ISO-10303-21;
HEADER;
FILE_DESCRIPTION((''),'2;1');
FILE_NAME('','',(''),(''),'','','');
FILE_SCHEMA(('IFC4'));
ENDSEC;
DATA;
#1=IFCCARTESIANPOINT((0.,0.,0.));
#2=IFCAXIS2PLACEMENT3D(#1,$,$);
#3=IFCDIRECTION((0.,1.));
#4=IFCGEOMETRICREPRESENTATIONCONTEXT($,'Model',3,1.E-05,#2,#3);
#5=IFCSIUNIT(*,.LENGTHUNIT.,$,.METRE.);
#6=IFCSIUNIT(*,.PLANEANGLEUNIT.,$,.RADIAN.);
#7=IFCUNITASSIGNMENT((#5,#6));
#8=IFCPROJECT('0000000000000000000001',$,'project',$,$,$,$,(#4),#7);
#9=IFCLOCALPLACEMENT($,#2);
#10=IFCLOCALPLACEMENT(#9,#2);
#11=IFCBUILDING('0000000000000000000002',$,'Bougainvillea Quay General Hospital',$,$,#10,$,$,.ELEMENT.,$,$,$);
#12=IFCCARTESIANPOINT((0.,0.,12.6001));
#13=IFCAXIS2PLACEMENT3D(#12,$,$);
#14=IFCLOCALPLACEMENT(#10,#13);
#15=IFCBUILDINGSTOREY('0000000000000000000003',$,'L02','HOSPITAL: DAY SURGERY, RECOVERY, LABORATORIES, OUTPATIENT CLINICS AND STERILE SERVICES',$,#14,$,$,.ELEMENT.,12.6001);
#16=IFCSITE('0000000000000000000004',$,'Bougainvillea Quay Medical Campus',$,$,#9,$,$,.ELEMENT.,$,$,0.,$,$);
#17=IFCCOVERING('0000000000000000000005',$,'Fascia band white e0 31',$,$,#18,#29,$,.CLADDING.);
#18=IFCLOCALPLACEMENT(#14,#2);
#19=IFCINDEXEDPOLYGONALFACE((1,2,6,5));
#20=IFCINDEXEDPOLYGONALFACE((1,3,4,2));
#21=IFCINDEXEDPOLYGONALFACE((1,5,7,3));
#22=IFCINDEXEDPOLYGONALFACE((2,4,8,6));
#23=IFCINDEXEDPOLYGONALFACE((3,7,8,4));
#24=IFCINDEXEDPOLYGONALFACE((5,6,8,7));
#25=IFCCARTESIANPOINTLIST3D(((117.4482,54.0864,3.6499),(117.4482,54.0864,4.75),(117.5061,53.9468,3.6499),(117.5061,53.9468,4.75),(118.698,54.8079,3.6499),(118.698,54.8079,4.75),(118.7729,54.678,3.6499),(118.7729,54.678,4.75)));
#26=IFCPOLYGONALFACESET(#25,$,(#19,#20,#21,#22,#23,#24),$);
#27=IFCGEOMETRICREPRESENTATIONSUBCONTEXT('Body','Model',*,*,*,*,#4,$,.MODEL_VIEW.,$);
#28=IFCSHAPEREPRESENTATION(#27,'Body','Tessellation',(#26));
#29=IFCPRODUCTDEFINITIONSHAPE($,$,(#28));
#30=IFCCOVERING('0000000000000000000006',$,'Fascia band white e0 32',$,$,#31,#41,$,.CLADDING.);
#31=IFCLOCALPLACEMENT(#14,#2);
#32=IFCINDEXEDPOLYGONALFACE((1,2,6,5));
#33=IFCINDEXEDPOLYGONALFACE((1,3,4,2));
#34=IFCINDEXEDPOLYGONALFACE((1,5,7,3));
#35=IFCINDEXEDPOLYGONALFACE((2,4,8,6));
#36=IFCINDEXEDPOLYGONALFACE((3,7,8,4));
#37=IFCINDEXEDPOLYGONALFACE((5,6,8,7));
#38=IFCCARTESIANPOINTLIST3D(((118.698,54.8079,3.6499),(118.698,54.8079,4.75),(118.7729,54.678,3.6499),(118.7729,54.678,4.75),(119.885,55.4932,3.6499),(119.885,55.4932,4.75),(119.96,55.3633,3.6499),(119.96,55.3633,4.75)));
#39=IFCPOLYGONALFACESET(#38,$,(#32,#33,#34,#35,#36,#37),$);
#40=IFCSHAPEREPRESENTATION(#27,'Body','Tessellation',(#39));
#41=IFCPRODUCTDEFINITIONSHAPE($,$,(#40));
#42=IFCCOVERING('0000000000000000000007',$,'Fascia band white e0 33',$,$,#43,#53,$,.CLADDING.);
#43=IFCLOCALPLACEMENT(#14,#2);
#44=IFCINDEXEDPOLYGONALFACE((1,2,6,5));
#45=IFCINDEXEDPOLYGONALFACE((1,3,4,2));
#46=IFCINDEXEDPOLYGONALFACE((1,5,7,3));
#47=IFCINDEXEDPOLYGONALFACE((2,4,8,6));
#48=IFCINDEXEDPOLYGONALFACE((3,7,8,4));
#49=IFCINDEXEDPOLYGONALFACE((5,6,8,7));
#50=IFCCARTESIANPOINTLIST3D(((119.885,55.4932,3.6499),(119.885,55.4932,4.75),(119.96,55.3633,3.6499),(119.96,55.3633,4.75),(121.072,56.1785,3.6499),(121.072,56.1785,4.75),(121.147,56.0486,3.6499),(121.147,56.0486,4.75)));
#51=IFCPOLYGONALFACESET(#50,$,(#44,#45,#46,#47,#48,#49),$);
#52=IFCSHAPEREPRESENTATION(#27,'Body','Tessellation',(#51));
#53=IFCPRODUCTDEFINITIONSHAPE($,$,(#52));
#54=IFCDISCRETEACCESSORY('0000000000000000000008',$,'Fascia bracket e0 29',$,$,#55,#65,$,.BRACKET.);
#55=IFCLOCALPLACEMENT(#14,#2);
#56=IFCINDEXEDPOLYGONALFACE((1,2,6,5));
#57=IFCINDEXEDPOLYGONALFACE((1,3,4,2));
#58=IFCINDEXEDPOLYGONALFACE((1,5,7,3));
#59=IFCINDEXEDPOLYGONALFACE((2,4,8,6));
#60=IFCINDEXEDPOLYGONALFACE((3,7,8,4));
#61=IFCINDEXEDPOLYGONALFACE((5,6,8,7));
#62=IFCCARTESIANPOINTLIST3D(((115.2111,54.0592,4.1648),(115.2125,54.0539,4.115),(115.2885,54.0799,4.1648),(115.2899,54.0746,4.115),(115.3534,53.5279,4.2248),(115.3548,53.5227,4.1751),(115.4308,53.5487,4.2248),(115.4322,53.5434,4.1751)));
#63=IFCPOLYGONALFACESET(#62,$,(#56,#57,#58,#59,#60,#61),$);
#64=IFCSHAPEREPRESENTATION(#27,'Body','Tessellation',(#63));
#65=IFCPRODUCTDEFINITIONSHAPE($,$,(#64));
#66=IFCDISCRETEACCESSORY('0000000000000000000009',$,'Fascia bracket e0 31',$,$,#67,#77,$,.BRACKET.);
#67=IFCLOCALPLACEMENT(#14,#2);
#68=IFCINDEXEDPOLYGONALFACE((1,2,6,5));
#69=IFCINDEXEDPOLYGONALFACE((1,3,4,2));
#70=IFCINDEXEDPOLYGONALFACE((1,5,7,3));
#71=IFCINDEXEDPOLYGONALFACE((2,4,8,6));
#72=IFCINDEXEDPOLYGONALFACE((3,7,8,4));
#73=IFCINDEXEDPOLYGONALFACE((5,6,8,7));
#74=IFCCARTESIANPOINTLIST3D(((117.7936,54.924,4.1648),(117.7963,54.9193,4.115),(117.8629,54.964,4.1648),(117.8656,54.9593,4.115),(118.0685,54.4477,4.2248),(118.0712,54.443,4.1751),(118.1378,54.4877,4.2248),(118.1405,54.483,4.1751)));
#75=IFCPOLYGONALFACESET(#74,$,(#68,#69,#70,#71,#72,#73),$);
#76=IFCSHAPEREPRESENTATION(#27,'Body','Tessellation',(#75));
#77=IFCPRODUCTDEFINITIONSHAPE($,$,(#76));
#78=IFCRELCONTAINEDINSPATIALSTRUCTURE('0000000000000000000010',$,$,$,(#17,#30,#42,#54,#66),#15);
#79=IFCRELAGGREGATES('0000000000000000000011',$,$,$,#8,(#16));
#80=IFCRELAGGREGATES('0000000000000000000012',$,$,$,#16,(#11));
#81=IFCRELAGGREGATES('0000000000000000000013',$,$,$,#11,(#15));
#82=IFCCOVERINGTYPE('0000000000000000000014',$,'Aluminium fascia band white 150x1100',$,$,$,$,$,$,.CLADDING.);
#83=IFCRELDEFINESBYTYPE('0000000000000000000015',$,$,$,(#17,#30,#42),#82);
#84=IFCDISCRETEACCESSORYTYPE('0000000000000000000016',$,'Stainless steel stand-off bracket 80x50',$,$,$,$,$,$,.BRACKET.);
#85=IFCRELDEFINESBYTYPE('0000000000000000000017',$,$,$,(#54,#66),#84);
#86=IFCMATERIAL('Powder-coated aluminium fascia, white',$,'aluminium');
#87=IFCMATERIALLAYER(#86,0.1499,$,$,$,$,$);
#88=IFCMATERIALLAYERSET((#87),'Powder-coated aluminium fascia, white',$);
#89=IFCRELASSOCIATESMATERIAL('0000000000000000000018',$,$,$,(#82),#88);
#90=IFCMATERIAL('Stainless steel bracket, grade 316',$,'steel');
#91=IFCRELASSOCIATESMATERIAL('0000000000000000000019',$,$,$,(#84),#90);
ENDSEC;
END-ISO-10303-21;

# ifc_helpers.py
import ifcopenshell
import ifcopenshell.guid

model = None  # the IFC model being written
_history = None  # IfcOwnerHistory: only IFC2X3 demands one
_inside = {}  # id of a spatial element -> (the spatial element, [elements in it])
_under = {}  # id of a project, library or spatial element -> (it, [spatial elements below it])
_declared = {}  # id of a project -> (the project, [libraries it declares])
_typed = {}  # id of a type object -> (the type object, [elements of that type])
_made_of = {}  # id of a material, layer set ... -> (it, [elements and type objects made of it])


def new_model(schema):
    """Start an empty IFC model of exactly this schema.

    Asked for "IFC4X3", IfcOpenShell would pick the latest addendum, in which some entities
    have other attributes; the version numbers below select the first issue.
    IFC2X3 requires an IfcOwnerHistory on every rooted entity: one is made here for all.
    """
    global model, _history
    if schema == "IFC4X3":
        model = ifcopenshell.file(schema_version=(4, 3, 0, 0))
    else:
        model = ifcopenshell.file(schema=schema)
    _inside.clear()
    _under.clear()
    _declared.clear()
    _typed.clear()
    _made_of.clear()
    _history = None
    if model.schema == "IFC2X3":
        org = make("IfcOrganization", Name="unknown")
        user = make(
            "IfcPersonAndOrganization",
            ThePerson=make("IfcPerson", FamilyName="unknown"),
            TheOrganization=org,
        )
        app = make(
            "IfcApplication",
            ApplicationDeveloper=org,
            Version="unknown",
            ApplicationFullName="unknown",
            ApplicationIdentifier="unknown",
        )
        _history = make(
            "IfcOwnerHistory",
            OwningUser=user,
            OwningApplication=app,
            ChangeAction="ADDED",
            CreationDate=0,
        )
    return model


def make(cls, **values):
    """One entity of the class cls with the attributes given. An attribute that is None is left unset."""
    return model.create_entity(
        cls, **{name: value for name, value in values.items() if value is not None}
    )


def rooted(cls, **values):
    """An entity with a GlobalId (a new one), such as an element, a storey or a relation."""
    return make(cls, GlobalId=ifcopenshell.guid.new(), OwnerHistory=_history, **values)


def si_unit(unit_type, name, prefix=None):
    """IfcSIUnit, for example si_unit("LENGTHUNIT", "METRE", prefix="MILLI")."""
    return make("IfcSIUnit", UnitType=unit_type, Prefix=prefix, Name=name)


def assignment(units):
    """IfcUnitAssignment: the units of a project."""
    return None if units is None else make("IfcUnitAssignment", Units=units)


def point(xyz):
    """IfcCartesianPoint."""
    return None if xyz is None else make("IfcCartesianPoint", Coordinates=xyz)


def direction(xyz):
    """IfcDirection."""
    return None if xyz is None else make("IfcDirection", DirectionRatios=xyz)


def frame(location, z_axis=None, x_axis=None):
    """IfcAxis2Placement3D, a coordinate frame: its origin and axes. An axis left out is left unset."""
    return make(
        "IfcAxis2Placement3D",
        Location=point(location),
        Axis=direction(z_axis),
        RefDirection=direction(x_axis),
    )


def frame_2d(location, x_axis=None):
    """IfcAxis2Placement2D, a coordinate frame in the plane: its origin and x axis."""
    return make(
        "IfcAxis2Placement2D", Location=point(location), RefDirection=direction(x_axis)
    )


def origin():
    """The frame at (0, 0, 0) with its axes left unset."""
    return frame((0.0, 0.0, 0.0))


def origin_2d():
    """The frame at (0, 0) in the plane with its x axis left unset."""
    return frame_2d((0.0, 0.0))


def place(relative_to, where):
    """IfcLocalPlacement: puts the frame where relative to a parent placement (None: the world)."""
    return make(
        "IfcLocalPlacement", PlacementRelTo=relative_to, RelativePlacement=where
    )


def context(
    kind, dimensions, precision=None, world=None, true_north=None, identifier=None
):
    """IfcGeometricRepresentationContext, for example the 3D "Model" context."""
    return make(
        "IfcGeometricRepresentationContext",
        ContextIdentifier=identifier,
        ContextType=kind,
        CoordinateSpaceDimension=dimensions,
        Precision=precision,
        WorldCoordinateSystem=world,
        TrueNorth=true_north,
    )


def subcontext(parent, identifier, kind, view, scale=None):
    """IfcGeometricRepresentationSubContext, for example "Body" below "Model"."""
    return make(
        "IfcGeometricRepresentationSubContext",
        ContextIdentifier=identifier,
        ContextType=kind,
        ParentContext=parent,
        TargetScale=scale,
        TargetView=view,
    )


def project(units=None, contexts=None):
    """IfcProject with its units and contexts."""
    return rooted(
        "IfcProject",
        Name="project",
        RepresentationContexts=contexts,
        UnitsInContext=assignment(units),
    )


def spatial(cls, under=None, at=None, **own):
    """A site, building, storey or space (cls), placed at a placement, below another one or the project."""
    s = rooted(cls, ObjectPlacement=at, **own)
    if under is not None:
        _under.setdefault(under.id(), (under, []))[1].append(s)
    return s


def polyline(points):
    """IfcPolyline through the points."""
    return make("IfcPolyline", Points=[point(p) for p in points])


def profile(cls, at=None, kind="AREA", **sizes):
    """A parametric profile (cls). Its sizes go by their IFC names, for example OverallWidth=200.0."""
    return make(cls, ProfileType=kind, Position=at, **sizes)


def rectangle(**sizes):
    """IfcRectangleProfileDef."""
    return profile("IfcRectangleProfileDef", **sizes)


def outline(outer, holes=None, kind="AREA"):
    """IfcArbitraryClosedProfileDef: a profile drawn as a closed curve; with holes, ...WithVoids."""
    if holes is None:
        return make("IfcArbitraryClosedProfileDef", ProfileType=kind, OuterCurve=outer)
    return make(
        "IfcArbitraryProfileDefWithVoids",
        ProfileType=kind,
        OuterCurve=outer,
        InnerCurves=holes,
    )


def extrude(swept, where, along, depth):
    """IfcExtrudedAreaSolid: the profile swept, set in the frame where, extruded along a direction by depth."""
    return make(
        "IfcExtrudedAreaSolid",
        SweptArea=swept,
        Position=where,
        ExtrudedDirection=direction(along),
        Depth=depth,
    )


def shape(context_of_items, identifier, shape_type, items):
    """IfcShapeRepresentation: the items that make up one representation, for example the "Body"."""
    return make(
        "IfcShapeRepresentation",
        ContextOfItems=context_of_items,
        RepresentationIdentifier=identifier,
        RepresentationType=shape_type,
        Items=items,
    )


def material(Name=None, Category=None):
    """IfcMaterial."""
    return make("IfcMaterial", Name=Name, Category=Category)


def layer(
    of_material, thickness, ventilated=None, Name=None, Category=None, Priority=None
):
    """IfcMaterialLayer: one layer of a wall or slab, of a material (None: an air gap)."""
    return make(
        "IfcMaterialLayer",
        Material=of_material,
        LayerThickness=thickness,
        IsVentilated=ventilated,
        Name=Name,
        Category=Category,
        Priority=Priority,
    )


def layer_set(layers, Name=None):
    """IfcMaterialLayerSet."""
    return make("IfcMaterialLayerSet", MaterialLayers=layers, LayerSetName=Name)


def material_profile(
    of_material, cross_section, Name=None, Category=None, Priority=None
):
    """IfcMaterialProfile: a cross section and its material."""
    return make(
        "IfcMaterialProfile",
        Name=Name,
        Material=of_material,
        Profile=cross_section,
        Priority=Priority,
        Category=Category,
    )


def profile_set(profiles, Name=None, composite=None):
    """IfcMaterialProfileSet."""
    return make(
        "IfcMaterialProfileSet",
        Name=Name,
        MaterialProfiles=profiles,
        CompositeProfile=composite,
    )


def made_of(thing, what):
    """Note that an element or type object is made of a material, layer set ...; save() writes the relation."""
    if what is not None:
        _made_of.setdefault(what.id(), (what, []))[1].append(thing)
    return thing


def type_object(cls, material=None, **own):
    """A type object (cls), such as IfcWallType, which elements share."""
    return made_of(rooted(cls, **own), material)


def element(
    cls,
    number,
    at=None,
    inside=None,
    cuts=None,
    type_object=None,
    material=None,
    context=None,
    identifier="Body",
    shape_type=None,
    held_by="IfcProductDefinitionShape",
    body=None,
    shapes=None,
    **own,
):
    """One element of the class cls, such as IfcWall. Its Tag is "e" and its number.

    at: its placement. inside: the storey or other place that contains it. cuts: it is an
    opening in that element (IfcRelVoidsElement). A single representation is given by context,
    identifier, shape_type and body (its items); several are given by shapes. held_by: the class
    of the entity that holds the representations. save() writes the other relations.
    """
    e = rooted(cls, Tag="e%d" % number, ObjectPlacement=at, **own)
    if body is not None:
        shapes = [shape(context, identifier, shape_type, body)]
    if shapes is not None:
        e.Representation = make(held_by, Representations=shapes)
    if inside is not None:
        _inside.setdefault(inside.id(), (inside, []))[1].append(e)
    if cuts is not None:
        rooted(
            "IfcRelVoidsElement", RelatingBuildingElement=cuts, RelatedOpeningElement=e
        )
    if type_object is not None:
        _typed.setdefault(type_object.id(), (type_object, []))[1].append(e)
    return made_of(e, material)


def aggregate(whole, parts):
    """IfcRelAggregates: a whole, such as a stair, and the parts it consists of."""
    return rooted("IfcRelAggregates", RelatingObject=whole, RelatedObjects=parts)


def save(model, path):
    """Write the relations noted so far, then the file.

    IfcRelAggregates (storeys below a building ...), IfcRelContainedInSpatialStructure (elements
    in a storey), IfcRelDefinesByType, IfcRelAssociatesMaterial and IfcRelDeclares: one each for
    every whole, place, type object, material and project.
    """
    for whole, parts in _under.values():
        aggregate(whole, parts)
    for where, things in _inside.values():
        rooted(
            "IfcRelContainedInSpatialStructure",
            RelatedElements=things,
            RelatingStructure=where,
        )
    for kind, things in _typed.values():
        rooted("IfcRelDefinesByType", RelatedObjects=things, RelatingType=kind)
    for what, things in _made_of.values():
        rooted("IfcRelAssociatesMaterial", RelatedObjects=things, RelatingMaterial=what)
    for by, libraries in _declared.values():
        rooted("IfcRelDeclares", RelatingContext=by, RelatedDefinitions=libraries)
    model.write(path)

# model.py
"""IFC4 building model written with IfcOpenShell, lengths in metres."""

from ifc_helpers import new_model, si_unit, direction, frame, origin, origin_2d, place, context, subcontext, project, spatial, polyline, rectangle, outline, extrude, material, layer, layer_set, material_profile, profile_set, type_object, element, save


model = new_model("IFC4")

# Units and contexts
model_context = context("Model", 3, precision=1e-05, world=origin(), true_north=direction((0.0, 1.0)))
body_context = subcontext(model_context, "Body", "Model", "MODEL_VIEW")
ifc_project = project(units=[si_unit("LENGTHUNIT", "METRE"), si_unit("PLANEANGLEUNIT", "RADIAN")], contexts=[model_context])

# Site, building, storey
site_placement = place(None, origin())
site = spatial("IfcSite", under=ifc_project, at=site_placement, Name="Bougainvillea Quay Medical Campus", CompositionType="ELEMENT", RefElevation=0.0)
building_placement = place(site_placement, origin())
building = spatial("IfcBuilding", under=site, at=building_placement, Name="Bougainvillea Quay General Hospital", CompositionType="ELEMENT")
storey_placement = place(building_placement, frame((0.0, 0.0, 12.6001)))
storey = spatial("IfcBuildingStorey", under=building, at=storey_placement, Name="L02", Description="HOSPITAL: DAY SURGERY, RECOVERY, LABORATORIES, OUTPATIENT CLINICS AND STERILE SERVICES", CompositionType="ELEMENT", Elevation=12.6001)

# Coverings
ifc_material_1 = material(Name="Powder-coated aluminium fascia, white", Category="aluminium")
ifc_layer_1 = layer(ifc_material_1, 0.1499)
ifc_layer_set_1 = layer_set([ifc_layer_1], Name="Powder-coated aluminium fascia, white")
covering_type = type_object("IfcCoveringType", Name="Aluminium fascia band white 150x1100", PredefinedType="CLADDING", material=ifc_layer_set_1)
covering_1_placement = place(storey_placement, frame((117.4482, 54.0864, 3.6499), z_axis=(0.0, 0.0, 1.0), x_axis=(0.866059, 0.499942, 0.0)))
element("IfcCovering", 1, at=covering_1_placement, inside=storey, type_object=covering_type, Name="Fascia band white e0 31", PredefinedType="CLADDING", context=body_context, shape_type="SweptSolid", body=[
    extrude(outline(polyline([(0.0, 0.0), (1.443, 0.0), (1.443, -0.15), (-0.0197, -0.1499), (0.0, 0.0)])), origin(), (0.0, 0.0, 1.0), 1.1001),
])
for number, where, z_axis, x_axis, name in (
    (2, (118.698, 54.8079, 3.6499), (0.0, 0.0, 1.0), (0.866031, 0.49999, 0.0), "Fascia band white e0 32"),
    (3, (119.885, 55.4932, 3.6499), (0.0, 0.0, 1.0), (0.866031, 0.49999, 0.0), "Fascia band white e0 33"),
):
    element("IfcCovering", number, at=place(storey_placement, frame(where, z_axis=z_axis, x_axis=x_axis)), inside=storey, type_object=covering_type, Name=name, PredefinedType="CLADDING", context=body_context, shape_type="SweptSolid", body=[
        extrude(outline(polyline([(0.0, 0.0), (1.3706, 0.0), (1.3706, -0.15), (0.0, -0.15), (0.0, 0.0)])), origin(), (0.0, 0.0, 1.0), 1.1001),
    ])

# Discrete accessories
ifc_material_2 = material(Name="Stainless steel bracket, grade 316", Category="steel")
ifc_material_profile_1 = material_profile(ifc_material_2, rectangle(XDim=0.0801, YDim=0.05, at=origin_2d()))
ifc_profile_set_1 = profile_set([ifc_material_profile_1], Name="Stainless steel bracket, grade 316")
discrete_accessory_type = type_object("IfcDiscreteAccessoryType", Name="Stainless steel stand-off bracket 80x50", PredefinedType="BRACKET", material=ifc_profile_set_1)
for number, where, z_axis, x_axis, name in (
    (4, (115.2505, 54.0669, 4.1399), (0.257266, -0.960224, 0.108555), (0.965932, 0.258795, 0.0), "Fascia bracket e0 29"),
    (5, (117.8296, 54.9417, 4.1399), (0.496909, -0.860985, 0.108561), (0.866104, 0.499863, 0.0), "Fascia bracket e0 31"),
):
    element("IfcDiscreteAccessory", number, at=place(storey_placement, frame(where, z_axis=z_axis, x_axis=x_axis)), inside=storey, type_object=discrete_accessory_type, Name=name, PredefinedType="BRACKET", context=body_context, shape_type="SweptSolid", body=[
        extrude(rectangle(XDim=0.0801, YDim=0.05, at=origin_2d()), origin(), (0.0, 0.0, 1.0), 0.5532),
    ])

save(model, "model.ifc")
